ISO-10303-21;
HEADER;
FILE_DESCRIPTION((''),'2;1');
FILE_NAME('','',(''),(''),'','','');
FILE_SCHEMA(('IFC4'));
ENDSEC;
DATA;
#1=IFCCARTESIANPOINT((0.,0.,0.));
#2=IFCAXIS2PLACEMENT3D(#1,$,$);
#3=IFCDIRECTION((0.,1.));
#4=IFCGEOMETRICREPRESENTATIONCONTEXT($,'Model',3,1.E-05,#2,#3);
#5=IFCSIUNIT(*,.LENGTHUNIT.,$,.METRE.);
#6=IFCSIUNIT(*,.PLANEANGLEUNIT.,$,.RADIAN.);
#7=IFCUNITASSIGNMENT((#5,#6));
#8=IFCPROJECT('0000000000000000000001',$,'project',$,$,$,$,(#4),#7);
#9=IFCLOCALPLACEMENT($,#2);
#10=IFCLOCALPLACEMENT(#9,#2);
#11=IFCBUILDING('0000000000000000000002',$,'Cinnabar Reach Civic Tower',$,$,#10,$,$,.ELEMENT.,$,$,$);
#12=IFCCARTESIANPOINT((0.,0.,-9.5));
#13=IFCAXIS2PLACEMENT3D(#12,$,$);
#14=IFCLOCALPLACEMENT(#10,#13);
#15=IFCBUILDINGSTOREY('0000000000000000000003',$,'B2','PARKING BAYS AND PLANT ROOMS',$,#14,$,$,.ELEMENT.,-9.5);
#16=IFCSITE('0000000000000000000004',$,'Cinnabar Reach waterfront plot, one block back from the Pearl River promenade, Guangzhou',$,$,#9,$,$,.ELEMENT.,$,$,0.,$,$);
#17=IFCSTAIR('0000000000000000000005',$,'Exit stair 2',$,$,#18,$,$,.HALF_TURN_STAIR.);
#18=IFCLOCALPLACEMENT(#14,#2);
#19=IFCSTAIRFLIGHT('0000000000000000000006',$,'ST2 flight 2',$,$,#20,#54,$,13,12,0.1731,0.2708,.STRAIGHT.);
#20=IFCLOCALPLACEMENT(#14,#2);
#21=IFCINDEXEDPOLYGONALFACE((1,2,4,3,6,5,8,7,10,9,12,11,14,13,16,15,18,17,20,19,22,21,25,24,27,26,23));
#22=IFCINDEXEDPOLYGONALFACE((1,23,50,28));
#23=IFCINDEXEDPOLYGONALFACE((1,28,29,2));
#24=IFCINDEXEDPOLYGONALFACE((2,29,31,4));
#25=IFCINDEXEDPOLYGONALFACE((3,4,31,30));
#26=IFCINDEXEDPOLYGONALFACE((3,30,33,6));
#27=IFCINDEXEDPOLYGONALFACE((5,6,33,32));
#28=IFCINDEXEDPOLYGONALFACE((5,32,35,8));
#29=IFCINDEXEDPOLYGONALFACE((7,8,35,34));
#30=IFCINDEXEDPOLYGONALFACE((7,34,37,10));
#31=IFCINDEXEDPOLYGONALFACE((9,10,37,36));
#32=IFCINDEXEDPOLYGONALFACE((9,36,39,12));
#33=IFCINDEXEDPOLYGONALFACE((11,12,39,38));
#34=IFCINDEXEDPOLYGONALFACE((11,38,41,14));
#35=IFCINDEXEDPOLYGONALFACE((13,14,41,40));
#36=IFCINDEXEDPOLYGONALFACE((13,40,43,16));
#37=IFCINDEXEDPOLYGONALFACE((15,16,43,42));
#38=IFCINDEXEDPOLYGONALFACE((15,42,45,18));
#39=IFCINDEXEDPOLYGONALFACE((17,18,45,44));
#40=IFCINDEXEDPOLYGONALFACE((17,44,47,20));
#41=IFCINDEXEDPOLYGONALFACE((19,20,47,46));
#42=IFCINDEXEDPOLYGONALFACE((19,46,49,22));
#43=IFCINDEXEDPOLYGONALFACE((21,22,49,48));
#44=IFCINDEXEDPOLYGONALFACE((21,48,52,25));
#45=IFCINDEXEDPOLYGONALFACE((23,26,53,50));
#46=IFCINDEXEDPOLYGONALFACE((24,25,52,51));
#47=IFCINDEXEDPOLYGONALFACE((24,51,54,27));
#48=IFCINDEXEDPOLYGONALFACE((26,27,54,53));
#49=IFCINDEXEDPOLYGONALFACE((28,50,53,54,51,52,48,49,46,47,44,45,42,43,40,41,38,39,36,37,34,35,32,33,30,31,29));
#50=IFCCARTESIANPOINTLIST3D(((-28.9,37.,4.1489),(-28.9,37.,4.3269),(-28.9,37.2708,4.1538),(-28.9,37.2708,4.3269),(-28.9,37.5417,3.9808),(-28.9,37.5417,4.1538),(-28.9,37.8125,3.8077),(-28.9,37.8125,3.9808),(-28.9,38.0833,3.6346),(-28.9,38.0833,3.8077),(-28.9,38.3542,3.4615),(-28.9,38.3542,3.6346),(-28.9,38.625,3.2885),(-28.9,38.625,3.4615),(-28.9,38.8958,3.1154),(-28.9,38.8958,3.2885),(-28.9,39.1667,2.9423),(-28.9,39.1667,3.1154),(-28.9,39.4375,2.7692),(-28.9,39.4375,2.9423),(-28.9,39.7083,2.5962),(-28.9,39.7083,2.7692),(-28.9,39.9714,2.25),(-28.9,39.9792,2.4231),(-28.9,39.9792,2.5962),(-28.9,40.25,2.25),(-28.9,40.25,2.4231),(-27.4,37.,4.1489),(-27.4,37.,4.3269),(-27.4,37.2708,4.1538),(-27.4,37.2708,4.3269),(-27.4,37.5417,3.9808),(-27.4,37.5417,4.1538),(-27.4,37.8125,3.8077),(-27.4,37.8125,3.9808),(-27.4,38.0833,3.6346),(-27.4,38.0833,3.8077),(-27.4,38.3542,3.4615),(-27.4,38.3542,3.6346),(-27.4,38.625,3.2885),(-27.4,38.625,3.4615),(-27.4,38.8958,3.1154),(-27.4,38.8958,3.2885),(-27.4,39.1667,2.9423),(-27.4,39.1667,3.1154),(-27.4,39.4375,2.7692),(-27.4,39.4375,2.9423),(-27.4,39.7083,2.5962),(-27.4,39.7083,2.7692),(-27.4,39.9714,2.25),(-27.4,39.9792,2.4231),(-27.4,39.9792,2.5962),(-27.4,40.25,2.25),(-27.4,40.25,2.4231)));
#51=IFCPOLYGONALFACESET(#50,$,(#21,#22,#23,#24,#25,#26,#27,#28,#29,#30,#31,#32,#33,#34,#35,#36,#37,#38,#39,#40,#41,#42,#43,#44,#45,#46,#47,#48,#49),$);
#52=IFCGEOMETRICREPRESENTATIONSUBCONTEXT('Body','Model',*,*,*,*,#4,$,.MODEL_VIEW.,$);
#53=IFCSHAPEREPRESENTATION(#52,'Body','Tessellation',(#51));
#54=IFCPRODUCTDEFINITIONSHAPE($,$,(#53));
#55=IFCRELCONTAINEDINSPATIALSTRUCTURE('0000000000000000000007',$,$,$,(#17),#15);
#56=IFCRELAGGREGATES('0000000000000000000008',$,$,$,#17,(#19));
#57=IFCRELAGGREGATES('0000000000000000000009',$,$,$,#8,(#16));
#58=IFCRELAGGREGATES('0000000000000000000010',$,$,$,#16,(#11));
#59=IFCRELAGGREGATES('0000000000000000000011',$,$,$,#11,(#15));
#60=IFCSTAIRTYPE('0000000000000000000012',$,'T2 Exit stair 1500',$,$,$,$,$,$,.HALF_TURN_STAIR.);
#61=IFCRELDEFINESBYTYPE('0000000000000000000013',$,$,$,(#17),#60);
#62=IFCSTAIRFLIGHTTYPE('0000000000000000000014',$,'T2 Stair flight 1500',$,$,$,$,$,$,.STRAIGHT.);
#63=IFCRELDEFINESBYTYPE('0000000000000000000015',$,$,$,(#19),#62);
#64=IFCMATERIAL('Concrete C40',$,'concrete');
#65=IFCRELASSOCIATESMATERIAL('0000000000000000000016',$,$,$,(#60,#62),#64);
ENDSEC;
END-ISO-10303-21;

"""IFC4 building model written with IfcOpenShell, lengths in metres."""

from ifc_helpers import new_model, si_unit, direction, frame, origin, place, context, subcontext, project, spatial, polyline, outline, extrude, material, type_object, element, aggregate, save


model = new_model("IFC4")

# Units and contexts
model_context = context("Model", 3, precision=1e-05, world=origin(), true_north=direction((0.0, 1.0)))
body_context = subcontext(model_context, "Body", "Model", "MODEL_VIEW")
ifc_project = project(units=[si_unit("LENGTHUNIT", "METRE"), si_unit("PLANEANGLEUNIT", "RADIAN")], contexts=[model_context])

# Site, building, storey
site_placement = place(None, origin())
site = spatial("IfcSite", under=ifc_project, at=site_placement, Name="Cinnabar Reach waterfront plot, one block back from the Pearl River promenade, Guangzhou", CompositionType="ELEMENT", RefElevation=0.0)
building_placement = place(site_placement, origin())
building = spatial("IfcBuilding", under=site, at=building_placement, Name="Cinnabar Reach Civic Tower", CompositionType="ELEMENT")
storey_placement = place(building_placement, frame((0.0, 0.0, -9.5)))
storey = spatial("IfcBuildingStorey", under=building, at=storey_placement, Name="B2", Description="PARKING BAYS AND PLANT ROOMS", CompositionType="ELEMENT", Elevation=-9.5)

# Shared definitions
ifc_material_1 = material(Name="Concrete C40", Category="concrete")

# Stair, stair flight
stair_type = type_object("IfcStairType", Name="T2 Exit stair 1500", PredefinedType="HALF_TURN_STAIR", material=ifc_material_1)
stair_placement = place(storey_placement, origin())
stair = element("IfcStair", 1, at=stair_placement, inside=storey, type_object=stair_type, Name="Exit stair 2", PredefinedType="HALF_TURN_STAIR")
stair_flight_type = type_object("IfcStairFlightType", Name="T2 Stair flight 1500", PredefinedType="STRAIGHT", material=ifc_material_1)
stair_flight_1_placement = place(storey_placement, frame((-28.15, 40.25, 2.25), z_axis=(0.0, 0.0, 1.0), x_axis=(0.0, -1.0, 0.0)))
stair_flight_1 = element("IfcStairFlight", 2, at=stair_flight_1_placement, type_object=stair_flight_type, Name="ST2 flight 2", NumberOfRisers=13, NumberOfTreads=12, PredefinedType="STRAIGHT", RiserHeight=0.1731, TreadLength=0.2708, context=body_context, shape_type="SweptSolid", body=[
    extrude(outline(polyline([(0.0, 0.0), (0.0, 0.1731), (0.2708, 0.1731), (0.2708, 0.3462), (0.5417, 0.3462), (0.5417, 0.5192), (0.8125, 0.5192), (0.8125, 0.6923), (1.0833, 0.6923), (1.0833, 0.8654), (1.3542, 0.8654), (1.3542, 1.0385), (1.625, 1.0385), (1.625, 1.2115), (1.8958, 1.2115), (1.8958, 1.3846), (2.1667, 1.3846), (2.1667, 1.5577), (2.4375, 1.5577), (2.4375, 1.7308), (2.7083, 1.7308), (2.7083, 1.9038), (2.9792, 1.9038), (2.9792, 2.0769), (3.25, 2.0769), (3.25, 2.25), (3.25, 1.8989), (0.2786, 0.0), (0.0, 0.0)])), frame((0.0, 0.75, 0.0), z_axis=(0.0, -1.0, 0.0), x_axis=(1.0, 0.0, 0.0)), (0.0, 0.0, 1.0), 1.5),
])
aggregate(stair, [stair_flight_1])

save(model, "model.ifc")
